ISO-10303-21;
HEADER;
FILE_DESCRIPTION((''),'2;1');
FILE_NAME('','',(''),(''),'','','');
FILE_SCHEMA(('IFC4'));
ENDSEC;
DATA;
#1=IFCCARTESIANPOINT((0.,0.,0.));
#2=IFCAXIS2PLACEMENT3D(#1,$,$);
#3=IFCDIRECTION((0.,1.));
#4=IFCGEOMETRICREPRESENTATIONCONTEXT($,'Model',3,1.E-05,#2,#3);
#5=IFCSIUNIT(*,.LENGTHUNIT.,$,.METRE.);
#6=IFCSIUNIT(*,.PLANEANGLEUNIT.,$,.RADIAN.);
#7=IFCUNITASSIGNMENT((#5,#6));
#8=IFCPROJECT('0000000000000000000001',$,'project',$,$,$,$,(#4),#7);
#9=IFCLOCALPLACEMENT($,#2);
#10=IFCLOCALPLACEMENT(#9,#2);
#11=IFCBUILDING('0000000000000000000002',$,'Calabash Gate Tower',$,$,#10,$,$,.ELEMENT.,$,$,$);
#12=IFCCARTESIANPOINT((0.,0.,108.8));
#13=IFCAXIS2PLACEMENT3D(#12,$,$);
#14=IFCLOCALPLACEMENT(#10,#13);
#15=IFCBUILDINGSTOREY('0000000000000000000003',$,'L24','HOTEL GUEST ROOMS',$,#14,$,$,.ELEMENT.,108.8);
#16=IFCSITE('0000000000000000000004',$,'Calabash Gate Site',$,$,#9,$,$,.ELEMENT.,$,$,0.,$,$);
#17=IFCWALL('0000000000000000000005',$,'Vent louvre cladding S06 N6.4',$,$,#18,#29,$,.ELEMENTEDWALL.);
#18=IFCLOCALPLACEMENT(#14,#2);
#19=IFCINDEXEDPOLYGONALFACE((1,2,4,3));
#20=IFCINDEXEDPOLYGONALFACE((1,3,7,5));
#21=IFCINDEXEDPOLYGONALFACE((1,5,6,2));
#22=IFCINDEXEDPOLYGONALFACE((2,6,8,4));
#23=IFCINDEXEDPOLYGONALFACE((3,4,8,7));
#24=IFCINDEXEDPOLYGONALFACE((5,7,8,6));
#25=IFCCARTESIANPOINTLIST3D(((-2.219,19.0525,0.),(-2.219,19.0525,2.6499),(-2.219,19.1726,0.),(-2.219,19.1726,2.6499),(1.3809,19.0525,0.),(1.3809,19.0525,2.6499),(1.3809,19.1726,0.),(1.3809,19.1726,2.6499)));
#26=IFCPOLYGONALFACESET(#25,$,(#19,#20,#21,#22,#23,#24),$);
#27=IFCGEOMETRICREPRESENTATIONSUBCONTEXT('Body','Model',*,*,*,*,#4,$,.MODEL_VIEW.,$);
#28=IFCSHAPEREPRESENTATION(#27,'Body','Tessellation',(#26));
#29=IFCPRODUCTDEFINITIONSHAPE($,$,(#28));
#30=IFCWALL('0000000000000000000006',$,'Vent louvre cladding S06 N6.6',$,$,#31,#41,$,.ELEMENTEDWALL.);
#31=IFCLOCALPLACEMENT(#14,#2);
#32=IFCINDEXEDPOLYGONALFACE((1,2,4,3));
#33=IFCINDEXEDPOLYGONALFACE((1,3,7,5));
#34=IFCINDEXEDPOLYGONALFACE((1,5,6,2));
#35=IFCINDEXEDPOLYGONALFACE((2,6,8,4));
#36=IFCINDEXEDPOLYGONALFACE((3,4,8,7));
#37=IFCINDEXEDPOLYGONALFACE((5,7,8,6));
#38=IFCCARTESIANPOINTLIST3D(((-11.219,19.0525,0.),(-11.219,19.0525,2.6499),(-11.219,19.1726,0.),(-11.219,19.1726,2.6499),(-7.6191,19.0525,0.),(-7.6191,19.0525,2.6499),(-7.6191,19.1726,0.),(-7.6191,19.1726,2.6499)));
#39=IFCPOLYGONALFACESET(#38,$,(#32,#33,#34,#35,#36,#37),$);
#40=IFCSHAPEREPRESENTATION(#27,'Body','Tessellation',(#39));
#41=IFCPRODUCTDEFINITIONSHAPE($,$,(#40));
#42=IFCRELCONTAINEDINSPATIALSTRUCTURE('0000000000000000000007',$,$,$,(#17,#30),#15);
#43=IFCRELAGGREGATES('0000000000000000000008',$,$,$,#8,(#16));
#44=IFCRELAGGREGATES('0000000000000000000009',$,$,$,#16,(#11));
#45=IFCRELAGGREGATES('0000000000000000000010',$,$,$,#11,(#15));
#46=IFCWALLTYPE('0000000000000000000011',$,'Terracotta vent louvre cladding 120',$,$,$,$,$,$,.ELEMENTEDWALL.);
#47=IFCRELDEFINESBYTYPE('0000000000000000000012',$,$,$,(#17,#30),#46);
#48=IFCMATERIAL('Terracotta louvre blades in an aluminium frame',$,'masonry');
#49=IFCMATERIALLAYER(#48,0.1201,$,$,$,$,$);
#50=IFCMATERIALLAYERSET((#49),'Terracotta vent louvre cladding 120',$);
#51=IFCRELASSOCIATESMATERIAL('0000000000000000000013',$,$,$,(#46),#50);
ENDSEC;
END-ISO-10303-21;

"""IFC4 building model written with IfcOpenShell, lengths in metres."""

from ifc_helpers import new_model, si_unit, direction, frame, origin, place, context, subcontext, project, spatial, polyline, outline, extrude, material, layer, layer_set, type_object, element, save


model = new_model("IFC4")

# Units and contexts
model_context = context("Model", 3, precision=1e-05, world=origin(), true_north=direction((0.0, 1.0)))
body_context = subcontext(model_context, "Body", "Model", "MODEL_VIEW")
ifc_project = project(units=[si_unit("LENGTHUNIT", "METRE"), si_unit("PLANEANGLEUNIT", "RADIAN")], contexts=[model_context])

# Site, building, storey
site_placement = place(None, origin())
site = spatial("IfcSite", under=ifc_project, at=site_placement, Name="Calabash Gate Site", CompositionType="ELEMENT", RefElevation=0.0)
building_placement = place(site_placement, origin())
building = spatial("IfcBuilding", under=site, at=building_placement, Name="Calabash Gate Tower", CompositionType="ELEMENT")
storey_placement = place(building_placement, frame((0.0, 0.0, 108.8)))
storey = spatial("IfcBuildingStorey", under=building, at=storey_placement, Name="L24", Description="HOTEL GUEST ROOMS", CompositionType="ELEMENT", Elevation=108.8)

# Walls
ifc_material_1 = material(Name="Terracotta louvre blades in an aluminium frame", Category="masonry")
ifc_layer_1 = layer(ifc_material_1, 0.1201)
ifc_layer_set_1 = layer_set([ifc_layer_1], Name="Terracotta vent louvre cladding 120")
wall_type_1 = type_object("IfcWallType", Name="Terracotta vent louvre cladding 120", PredefinedType="ELEMENTEDWALL", material=ifc_layer_set_1)
wall_1_placement = place(storey_placement, origin())
element("IfcWall", 1, at=wall_1_placement, inside=storey, type_object=wall_type_1, Name="Vent louvre cladding S06 N6.4", PredefinedType="ELEMENTEDWALL", context=body_context, shape_type="SweptSolid", body=[
    extrude(outline(polyline([(-2.219, 19.1726), (-2.219, 19.0525), (1.3809, 19.0525), (1.3809, 19.1726), (-2.219, 19.1726)])), origin(), (0.0, 0.0, 1.0), 2.6499),
])
wall_2_placement = place(storey_placement, origin())
element("IfcWall", 2, at=wall_2_placement, inside=storey, type_object=wall_type_1, Name="Vent louvre cladding S06 N6.6", PredefinedType="ELEMENTEDWALL", context=body_context, shape_type="SweptSolid", body=[
    extrude(outline(polyline([(-11.219, 19.1726), (-11.219, 19.0525), (-7.6191, 19.0525), (-7.6191, 19.1726), (-11.219, 19.1726)])), origin(), (0.0, 0.0, 1.0), 2.6499),
])

save(model, "model.ifc")
